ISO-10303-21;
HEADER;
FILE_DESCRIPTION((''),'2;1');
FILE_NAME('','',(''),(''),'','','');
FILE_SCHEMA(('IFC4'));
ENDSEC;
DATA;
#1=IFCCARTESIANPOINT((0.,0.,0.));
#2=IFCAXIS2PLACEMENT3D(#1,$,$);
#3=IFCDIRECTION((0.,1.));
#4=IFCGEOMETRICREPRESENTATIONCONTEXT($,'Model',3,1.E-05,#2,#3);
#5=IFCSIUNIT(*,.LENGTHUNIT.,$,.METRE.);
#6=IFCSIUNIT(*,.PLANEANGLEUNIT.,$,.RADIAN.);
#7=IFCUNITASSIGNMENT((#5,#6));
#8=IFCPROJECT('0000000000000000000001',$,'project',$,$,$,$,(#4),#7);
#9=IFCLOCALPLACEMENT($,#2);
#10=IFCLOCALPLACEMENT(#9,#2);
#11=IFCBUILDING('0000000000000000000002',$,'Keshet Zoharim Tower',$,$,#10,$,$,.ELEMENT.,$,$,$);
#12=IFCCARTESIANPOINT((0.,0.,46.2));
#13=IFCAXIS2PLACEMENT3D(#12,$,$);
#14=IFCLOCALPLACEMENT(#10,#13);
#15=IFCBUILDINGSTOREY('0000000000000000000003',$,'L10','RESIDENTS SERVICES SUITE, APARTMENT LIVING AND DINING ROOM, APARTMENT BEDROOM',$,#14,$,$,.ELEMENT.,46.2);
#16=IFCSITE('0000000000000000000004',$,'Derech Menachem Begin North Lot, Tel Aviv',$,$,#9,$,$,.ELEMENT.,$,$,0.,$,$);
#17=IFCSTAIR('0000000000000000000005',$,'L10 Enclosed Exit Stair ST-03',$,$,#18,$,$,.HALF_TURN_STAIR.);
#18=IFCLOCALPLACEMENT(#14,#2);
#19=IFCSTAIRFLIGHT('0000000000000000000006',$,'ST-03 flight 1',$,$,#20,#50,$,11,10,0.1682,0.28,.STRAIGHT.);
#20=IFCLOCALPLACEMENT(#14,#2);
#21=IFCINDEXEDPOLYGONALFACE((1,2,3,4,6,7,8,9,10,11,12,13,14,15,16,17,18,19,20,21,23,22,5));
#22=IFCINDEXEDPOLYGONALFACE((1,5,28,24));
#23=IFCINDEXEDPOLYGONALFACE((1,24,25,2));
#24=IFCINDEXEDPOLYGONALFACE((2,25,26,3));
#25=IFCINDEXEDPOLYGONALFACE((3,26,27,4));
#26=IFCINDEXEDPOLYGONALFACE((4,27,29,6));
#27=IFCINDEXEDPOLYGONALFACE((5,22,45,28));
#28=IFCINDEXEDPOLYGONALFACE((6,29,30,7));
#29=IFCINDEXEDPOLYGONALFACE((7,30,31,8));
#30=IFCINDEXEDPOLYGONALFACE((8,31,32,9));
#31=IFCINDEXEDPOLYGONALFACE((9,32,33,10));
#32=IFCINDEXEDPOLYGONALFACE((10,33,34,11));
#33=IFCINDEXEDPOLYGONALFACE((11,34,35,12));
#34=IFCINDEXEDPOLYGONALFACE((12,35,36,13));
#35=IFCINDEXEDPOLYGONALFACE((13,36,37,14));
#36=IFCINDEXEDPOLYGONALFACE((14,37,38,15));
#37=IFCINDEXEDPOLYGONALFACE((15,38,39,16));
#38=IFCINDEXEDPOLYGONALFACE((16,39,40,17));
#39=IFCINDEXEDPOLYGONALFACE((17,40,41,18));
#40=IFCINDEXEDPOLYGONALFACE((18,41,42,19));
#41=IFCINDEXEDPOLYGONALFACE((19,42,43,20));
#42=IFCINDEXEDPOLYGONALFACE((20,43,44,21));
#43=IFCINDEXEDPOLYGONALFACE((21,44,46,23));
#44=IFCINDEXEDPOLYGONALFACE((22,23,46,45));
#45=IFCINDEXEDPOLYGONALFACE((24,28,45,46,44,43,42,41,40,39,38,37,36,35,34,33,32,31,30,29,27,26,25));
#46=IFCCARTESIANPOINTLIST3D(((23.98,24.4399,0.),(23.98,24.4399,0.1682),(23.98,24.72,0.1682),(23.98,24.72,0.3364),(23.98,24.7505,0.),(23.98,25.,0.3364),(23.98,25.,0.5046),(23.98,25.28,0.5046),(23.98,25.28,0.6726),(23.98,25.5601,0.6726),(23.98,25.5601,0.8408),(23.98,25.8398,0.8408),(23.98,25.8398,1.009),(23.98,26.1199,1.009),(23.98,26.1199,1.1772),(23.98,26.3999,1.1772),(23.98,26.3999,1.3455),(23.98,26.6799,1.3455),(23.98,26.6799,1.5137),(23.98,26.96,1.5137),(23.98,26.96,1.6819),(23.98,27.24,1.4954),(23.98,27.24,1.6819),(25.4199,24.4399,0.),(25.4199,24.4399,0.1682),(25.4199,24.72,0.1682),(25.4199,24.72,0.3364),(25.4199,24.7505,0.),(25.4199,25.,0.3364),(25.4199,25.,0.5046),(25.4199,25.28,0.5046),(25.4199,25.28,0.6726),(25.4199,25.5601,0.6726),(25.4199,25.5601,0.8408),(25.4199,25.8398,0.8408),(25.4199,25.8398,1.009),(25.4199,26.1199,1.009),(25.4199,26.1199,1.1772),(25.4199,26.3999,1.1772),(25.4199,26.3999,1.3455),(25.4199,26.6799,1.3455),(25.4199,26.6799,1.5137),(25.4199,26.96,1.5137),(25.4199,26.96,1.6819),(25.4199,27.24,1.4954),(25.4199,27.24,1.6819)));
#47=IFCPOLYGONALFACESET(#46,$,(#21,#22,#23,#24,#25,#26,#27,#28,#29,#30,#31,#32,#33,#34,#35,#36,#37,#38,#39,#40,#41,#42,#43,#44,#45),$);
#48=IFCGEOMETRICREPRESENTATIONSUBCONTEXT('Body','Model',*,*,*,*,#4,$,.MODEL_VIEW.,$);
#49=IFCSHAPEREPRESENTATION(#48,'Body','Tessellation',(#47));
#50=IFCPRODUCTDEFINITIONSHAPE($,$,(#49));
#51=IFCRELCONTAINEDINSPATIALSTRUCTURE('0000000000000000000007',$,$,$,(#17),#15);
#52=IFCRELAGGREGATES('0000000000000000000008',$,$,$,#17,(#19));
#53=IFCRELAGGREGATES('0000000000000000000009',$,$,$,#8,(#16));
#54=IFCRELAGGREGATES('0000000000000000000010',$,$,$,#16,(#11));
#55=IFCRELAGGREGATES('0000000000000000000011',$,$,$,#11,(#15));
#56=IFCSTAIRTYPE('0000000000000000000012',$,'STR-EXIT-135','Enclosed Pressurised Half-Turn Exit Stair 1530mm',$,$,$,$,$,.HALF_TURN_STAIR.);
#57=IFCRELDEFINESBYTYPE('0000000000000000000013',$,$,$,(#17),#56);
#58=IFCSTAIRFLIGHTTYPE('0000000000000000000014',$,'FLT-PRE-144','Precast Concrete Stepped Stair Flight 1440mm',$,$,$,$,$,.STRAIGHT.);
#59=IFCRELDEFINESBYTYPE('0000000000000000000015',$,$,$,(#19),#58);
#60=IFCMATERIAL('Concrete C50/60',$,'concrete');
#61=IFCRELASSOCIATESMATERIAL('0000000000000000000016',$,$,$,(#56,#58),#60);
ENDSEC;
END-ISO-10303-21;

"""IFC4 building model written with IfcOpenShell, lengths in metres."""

from ifc_helpers import new_model, si_unit, direction, frame, origin, place, context, subcontext, project, spatial, polyline, outline, extrude, material, type_object, element, aggregate, save


model = new_model("IFC4")

# Units and contexts
model_context = context("Model", 3, precision=1e-05, world=origin(), true_north=direction((0.0, 1.0)))
body_context = subcontext(model_context, "Body", "Model", "MODEL_VIEW")
ifc_project = project(units=[si_unit("LENGTHUNIT", "METRE"), si_unit("PLANEANGLEUNIT", "RADIAN")], contexts=[model_context])

# Site, building, storey
site_placement = place(None, origin())
site = spatial("IfcSite", under=ifc_project, at=site_placement, Name="Derech Menachem Begin North Lot, Tel Aviv", CompositionType="ELEMENT", RefElevation=0.0)
building_placement = place(site_placement, origin())
building = spatial("IfcBuilding", under=site, at=building_placement, Name="Keshet Zoharim Tower", CompositionType="ELEMENT")
storey_placement = place(building_placement, frame((0.0, 0.0, 46.2)))
storey = spatial("IfcBuildingStorey", under=building, at=storey_placement, Name="L10", Description="RESIDENTS SERVICES SUITE, APARTMENT LIVING AND DINING ROOM, APARTMENT BEDROOM", CompositionType="ELEMENT", Elevation=46.2)

# Shared definitions
ifc_material_1 = material(Name="Concrete C50/60", Category="concrete")

# Stair, stair flight
stair_type = type_object("IfcStairType", Name="STR-EXIT-135", Description="Enclosed Pressurised Half-Turn Exit Stair 1530mm", PredefinedType="HALF_TURN_STAIR", material=ifc_material_1)
stair_placement = place(storey_placement, origin())
stair = element("IfcStair", 1, at=stair_placement, inside=storey, type_object=stair_type, Name="L10 Enclosed Exit Stair ST-03", PredefinedType="HALF_TURN_STAIR")
stair_flight_type = type_object("IfcStairFlightType", Name="FLT-PRE-144", Description="Precast Concrete Stepped Stair Flight 1440mm", PredefinedType="STRAIGHT", material=ifc_material_1)
stair_flight_placement = place(storey_placement, frame((24.7, 24.4399, 0.0), z_axis=(0.0, 0.0, 1.0), x_axis=(0.0, 1.0, 0.0)))
stair_flight = element("IfcStairFlight", 2, at=stair_flight_placement, type_object=stair_flight_type, Name="ST-03 flight 1", NumberOfRisers=11, NumberOfTreads=10, PredefinedType="STRAIGHT", RiserHeight=0.1682, TreadLength=0.28, context=body_context, shape_type="SweptSolid", body=[
    extrude(outline(polyline([(0.0, 0.0), (0.0, 0.1682), (0.28, 0.1682), (0.28, 0.3364), (0.5601, 0.3364), (0.5601, 0.5046), (0.8401, 0.5046), (0.8401, 0.6726), (1.1201, 0.6726), (1.1201, 0.8408), (1.3999, 0.8408), (1.3999, 1.009), (1.6799, 1.009), (1.6799, 1.1772), (1.96, 1.1772), (1.96, 1.3455), (2.24, 1.3455), (2.24, 1.5137), (2.52, 1.5137), (2.52, 1.6819), (2.8, 1.6819), (2.8, 1.8501), (2.8, 1.4954), (0.3105, 0.0), (0.0, 0.0)])), frame((0.0, 0.72, 0.0), z_axis=(0.0, -1.0, 0.0), x_axis=(1.0, 0.0, 0.0)), (0.0, 0.0, 1.0), 1.4399),
])
aggregate(stair, [stair_flight])

save(model, "model.ifc")
